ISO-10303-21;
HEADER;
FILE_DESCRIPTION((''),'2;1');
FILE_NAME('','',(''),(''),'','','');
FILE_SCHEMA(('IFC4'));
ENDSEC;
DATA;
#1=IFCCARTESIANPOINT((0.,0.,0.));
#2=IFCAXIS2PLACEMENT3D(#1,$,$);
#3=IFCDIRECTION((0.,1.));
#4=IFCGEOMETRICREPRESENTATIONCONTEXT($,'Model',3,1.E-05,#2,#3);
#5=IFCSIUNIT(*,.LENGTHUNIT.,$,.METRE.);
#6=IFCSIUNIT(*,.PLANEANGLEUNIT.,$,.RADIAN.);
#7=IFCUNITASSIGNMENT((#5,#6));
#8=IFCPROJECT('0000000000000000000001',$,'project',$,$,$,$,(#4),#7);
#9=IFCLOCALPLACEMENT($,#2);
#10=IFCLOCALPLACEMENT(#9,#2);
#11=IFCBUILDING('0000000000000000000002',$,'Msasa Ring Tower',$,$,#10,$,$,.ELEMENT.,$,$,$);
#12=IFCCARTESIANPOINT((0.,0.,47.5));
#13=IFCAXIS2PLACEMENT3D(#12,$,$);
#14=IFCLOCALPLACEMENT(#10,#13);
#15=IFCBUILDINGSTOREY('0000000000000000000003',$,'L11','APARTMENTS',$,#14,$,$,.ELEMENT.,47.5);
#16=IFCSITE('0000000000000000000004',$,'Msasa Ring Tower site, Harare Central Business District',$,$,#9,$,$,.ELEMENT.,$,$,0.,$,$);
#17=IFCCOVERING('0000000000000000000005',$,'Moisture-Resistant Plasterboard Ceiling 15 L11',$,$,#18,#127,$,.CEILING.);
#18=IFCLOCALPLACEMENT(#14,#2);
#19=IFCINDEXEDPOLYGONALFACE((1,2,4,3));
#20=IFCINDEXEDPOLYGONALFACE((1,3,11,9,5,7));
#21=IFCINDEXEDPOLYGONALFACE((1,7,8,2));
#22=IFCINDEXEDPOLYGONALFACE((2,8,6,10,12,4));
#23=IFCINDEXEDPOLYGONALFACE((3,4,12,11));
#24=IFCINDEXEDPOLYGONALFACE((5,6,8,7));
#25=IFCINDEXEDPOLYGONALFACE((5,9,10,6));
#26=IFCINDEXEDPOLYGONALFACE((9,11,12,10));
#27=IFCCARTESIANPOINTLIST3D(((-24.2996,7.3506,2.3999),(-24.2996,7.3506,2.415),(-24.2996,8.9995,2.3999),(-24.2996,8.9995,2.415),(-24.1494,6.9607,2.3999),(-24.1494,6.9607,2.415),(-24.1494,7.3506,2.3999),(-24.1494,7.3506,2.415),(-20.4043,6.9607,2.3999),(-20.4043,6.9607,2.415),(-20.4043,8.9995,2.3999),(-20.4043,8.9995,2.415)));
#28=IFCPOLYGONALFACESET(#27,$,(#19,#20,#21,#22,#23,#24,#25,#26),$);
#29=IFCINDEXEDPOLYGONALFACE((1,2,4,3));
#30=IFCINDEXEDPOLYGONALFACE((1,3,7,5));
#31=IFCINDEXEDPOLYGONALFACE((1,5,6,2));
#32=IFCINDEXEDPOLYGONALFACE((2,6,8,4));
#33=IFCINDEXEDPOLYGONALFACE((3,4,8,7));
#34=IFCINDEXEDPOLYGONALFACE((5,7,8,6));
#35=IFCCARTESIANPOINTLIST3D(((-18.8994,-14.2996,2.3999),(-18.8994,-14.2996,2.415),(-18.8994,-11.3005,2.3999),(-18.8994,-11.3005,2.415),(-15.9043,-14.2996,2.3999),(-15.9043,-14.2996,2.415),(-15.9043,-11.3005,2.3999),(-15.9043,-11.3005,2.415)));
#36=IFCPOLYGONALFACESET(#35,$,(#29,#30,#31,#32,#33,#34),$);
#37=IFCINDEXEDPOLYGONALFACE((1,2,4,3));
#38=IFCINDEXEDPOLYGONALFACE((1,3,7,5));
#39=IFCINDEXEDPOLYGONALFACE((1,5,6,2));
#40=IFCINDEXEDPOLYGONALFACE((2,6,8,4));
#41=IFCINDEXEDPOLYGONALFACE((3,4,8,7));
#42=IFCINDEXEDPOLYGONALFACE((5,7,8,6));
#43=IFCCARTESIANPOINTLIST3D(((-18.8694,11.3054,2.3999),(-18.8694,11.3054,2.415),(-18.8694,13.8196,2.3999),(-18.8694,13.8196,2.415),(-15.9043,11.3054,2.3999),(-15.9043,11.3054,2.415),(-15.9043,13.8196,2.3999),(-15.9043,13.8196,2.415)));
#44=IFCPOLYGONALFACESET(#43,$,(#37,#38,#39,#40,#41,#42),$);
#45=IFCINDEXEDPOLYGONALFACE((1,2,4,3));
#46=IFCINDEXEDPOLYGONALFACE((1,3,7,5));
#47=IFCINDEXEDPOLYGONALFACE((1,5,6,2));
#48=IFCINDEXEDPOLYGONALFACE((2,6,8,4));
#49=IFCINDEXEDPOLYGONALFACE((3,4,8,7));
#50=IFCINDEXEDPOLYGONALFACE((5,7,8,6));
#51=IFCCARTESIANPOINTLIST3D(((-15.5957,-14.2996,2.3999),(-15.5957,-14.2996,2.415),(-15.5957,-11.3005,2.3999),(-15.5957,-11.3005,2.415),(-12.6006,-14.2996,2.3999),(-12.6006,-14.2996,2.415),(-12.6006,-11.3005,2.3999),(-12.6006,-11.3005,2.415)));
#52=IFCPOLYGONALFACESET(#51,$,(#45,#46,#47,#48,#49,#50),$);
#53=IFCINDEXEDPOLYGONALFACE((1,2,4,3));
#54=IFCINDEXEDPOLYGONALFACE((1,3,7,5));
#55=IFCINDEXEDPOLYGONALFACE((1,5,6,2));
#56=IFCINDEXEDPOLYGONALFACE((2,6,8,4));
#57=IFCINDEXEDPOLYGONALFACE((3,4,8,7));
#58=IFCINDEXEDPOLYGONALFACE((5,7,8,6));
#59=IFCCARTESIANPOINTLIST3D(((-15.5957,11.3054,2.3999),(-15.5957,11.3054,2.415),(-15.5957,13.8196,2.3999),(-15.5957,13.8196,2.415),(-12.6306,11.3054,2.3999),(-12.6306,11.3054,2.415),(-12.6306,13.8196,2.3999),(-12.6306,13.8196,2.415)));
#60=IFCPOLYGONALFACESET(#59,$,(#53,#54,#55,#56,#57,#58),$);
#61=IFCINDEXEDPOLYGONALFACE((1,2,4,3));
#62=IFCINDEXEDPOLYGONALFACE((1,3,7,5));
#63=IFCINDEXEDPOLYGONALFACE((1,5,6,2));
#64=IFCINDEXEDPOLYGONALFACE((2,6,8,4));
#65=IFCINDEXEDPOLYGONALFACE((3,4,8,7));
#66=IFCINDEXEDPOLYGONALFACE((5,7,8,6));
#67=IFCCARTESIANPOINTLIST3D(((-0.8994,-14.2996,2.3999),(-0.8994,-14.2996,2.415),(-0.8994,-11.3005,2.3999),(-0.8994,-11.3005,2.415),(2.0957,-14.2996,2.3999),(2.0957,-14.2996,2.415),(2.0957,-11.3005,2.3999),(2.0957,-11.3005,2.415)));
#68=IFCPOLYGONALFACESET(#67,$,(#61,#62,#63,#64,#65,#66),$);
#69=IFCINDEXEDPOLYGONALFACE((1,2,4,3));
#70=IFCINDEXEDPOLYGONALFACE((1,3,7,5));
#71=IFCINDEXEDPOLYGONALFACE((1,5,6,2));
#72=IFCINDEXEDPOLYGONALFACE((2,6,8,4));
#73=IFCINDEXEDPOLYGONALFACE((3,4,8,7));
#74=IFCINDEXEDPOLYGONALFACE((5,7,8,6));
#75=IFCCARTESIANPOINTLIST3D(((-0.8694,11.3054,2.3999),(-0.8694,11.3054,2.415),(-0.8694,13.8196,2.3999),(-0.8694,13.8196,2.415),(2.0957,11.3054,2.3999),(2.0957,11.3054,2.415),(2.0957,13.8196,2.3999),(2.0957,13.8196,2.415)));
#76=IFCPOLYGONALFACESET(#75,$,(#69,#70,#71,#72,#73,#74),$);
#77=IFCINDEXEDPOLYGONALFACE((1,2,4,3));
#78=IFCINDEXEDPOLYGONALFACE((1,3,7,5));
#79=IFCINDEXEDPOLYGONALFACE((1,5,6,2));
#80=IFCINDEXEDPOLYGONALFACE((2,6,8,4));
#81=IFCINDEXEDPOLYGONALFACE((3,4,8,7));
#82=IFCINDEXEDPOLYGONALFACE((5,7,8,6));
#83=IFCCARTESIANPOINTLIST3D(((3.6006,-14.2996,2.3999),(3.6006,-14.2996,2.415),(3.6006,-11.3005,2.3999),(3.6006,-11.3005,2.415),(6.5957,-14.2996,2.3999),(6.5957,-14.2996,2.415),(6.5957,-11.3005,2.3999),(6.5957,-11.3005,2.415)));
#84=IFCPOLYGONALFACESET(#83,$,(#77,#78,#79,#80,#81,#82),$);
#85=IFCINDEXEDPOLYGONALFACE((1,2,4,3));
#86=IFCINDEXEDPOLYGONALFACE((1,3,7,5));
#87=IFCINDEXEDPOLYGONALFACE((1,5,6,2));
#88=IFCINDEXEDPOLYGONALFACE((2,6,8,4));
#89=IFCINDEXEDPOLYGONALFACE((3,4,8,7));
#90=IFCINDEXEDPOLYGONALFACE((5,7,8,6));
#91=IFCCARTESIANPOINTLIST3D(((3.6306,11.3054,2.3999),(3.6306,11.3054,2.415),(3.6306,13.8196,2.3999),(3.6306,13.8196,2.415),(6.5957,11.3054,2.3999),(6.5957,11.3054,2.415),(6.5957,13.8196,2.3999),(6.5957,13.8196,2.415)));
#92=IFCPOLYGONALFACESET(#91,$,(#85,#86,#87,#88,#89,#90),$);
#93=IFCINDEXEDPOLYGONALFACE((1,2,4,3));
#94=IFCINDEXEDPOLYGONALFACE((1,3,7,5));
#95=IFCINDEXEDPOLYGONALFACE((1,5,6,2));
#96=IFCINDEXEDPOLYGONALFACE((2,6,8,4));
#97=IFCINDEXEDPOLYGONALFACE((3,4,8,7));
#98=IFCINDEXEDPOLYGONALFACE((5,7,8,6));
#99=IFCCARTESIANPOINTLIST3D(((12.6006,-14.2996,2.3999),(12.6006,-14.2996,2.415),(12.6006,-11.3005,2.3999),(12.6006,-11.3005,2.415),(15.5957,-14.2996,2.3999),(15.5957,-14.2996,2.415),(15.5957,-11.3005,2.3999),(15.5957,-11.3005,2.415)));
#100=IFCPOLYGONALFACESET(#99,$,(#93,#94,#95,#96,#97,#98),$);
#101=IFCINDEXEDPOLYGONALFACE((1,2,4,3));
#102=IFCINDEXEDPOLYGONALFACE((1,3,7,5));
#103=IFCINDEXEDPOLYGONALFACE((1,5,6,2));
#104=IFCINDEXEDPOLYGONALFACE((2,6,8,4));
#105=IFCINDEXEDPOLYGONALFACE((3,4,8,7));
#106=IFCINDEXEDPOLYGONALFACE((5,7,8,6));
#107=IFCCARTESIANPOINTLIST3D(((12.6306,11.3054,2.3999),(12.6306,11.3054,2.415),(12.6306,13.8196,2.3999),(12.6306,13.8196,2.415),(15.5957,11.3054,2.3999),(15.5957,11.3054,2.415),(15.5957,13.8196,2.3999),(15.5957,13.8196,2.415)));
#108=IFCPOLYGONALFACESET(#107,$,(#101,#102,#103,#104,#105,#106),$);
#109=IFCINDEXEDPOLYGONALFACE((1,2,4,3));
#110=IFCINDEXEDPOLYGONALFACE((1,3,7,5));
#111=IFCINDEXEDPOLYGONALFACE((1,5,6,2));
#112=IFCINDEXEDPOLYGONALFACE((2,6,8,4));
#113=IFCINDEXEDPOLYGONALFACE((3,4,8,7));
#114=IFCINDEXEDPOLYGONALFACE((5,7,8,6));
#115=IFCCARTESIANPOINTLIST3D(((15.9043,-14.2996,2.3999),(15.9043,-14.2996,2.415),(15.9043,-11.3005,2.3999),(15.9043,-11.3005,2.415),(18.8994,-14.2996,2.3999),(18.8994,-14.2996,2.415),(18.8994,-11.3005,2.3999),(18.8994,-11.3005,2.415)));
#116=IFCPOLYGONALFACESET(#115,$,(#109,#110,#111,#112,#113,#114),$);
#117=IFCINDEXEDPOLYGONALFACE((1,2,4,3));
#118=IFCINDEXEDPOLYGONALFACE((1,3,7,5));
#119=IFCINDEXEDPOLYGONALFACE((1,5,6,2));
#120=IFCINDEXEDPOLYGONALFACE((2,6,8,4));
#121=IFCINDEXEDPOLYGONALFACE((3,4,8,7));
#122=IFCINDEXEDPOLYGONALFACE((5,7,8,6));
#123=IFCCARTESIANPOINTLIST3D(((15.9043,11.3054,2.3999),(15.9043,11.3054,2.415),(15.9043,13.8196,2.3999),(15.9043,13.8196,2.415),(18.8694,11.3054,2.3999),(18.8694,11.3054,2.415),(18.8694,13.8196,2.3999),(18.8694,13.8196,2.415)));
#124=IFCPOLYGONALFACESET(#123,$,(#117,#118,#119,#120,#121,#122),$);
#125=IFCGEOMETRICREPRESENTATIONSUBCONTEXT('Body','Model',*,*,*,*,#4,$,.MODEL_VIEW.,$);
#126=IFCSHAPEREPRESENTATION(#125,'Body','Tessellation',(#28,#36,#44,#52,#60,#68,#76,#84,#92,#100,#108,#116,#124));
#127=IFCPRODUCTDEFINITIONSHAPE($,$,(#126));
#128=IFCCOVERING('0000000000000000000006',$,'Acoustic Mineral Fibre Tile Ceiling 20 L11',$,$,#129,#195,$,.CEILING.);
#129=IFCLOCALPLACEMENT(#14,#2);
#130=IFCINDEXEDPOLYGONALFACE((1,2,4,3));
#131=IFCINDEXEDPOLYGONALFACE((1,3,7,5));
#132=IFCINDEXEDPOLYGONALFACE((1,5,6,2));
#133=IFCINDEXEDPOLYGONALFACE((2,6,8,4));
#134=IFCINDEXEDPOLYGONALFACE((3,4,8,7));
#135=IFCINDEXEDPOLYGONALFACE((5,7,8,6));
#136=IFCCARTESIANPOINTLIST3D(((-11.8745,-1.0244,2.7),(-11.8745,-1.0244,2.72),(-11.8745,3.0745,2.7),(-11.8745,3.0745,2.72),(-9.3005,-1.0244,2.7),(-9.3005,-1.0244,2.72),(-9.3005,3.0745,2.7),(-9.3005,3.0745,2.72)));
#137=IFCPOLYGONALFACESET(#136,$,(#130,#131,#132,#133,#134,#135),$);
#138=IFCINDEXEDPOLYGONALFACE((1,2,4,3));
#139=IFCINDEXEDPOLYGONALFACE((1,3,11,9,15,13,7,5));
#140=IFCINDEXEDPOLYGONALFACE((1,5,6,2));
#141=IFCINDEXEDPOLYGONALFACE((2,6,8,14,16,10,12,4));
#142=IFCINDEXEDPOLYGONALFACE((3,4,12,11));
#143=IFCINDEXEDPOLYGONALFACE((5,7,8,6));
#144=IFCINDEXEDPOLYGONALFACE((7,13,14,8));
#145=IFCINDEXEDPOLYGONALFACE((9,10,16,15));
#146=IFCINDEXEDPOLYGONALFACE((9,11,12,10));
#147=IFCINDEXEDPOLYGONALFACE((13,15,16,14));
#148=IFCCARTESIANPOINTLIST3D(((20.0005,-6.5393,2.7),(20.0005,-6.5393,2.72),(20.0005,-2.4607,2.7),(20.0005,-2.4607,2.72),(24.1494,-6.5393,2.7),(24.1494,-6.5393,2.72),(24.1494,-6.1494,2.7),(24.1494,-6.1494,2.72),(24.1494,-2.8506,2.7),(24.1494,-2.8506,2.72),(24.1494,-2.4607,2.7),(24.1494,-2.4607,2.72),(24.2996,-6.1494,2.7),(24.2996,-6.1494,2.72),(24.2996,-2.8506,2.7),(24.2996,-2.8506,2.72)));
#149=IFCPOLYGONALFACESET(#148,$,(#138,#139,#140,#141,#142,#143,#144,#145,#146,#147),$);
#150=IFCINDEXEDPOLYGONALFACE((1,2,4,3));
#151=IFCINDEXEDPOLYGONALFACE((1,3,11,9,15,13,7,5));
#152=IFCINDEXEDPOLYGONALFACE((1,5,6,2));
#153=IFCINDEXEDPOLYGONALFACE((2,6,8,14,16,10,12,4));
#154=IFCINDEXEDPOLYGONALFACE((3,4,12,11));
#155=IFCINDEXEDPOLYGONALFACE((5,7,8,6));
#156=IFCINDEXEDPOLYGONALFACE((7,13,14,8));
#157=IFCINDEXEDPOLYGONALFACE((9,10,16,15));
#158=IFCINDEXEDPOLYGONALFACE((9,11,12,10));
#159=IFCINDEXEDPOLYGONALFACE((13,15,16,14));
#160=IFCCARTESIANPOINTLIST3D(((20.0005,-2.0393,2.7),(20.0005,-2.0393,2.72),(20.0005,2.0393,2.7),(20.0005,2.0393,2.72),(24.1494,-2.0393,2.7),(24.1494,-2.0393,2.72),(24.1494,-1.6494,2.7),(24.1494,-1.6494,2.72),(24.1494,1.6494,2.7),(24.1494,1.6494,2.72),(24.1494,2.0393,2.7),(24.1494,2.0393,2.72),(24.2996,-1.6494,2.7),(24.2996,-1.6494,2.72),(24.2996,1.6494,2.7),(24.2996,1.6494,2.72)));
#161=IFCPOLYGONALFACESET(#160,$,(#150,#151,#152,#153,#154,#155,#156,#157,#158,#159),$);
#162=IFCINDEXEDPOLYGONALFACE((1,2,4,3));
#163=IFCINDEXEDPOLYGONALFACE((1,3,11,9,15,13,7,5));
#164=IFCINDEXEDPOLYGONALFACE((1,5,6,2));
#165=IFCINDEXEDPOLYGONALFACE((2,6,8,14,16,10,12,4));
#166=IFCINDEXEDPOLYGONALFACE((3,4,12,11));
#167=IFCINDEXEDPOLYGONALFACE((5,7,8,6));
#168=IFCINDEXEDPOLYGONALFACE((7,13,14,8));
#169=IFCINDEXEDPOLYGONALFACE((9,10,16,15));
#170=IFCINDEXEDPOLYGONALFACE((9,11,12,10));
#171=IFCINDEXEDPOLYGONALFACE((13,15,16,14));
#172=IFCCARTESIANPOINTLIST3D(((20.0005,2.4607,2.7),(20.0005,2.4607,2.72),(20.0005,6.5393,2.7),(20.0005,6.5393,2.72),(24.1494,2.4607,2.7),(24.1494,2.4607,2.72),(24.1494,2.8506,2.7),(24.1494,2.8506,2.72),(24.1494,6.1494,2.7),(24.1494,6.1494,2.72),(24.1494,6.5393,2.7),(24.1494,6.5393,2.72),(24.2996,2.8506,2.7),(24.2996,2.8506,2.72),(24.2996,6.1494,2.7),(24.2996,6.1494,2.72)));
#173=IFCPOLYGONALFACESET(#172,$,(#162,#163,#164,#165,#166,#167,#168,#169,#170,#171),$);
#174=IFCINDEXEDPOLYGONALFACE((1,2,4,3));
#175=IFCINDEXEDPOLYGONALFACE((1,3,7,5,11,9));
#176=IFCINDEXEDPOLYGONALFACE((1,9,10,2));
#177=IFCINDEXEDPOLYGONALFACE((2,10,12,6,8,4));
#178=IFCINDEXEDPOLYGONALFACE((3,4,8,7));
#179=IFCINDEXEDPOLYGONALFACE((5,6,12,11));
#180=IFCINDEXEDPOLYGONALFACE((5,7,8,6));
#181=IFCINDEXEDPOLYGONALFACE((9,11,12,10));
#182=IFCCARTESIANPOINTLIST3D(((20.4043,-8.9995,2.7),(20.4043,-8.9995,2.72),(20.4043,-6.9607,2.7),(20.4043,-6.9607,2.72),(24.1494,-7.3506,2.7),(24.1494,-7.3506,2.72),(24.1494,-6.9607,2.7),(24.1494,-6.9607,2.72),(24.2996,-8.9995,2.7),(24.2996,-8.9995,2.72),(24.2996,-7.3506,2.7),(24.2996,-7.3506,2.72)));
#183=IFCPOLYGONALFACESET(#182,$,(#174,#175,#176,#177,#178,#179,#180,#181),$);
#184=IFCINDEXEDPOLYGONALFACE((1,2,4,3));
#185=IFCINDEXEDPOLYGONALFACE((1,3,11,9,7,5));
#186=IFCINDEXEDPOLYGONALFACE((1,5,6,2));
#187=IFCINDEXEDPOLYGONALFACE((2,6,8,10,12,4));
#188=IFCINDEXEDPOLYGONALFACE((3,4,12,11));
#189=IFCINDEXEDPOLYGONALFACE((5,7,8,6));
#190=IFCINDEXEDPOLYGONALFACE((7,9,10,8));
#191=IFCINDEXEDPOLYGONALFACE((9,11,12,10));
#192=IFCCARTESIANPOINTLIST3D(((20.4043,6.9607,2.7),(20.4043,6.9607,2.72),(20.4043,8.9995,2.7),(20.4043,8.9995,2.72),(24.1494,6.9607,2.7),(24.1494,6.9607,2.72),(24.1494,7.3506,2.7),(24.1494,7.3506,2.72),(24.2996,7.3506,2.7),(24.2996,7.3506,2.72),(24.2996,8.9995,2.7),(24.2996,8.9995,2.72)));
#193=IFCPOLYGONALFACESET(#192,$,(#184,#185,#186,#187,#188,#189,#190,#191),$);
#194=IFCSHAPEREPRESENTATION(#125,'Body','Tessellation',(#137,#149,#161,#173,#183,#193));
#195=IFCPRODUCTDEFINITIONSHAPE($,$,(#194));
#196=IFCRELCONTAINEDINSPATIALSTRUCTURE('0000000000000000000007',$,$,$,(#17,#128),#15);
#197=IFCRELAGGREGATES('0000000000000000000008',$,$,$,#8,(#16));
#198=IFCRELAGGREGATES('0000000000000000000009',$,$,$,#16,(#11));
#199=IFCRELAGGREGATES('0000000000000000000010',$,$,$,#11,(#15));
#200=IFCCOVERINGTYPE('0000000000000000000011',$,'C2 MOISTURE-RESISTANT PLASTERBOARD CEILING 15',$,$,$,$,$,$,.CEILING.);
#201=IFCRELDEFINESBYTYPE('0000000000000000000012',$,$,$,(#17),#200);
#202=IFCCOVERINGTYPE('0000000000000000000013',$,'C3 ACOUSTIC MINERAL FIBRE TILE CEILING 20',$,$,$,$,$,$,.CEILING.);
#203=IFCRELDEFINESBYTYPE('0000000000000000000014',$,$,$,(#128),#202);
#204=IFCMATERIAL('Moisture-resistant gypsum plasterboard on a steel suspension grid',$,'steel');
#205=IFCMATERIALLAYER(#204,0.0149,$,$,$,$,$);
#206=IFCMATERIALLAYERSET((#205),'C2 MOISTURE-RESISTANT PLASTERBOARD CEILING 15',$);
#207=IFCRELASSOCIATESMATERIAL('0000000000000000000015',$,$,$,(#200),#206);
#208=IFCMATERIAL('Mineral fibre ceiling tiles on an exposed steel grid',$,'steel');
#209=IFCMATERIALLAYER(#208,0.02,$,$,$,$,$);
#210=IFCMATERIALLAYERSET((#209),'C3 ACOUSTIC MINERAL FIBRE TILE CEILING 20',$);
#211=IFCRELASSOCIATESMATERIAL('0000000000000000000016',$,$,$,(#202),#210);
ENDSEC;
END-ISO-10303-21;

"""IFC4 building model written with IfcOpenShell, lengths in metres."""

from ifc_helpers import new_model, si_unit, direction, frame, origin, place, context, subcontext, project, spatial, line, indexed_curve, outline, extrude, material, layer, layer_set, type_object, element, save


model = new_model("IFC4")

# Units and contexts
model_context = context("Model", 3, precision=1e-05, world=origin(), true_north=direction((0.0, 1.0)))
body_context = subcontext(model_context, "Body", "Model", "MODEL_VIEW")
ifc_project = project(units=[si_unit("LENGTHUNIT", "METRE"), si_unit("PLANEANGLEUNIT", "RADIAN")], contexts=[model_context])

# Site, building, storey
site_placement = place(None, origin())
site = spatial("IfcSite", under=ifc_project, at=site_placement, Name="Msasa Ring Tower site, Harare Central Business District", CompositionType="ELEMENT", RefElevation=0.0)
building_placement = place(site_placement, origin())
building = spatial("IfcBuilding", under=site, at=building_placement, Name="Msasa Ring Tower", CompositionType="ELEMENT")
storey_placement = place(building_placement, frame((0.0, 0.0, 47.5)))
storey = spatial("IfcBuildingStorey", under=building, at=storey_placement, Name="L11", Description="APARTMENTS", CompositionType="ELEMENT", Elevation=47.5)

# Coverings
ifc_material_1 = material(Name="Moisture-resistant gypsum plasterboard on a steel suspension grid", Category="steel")
ifc_layer_1 = layer(ifc_material_1, 0.0149)
ifc_layer_set_1 = layer_set([ifc_layer_1], Name="C2 MOISTURE-RESISTANT PLASTERBOARD CEILING 15")
covering_type_1 = type_object("IfcCoveringType", Name="C2 MOISTURE-RESISTANT PLASTERBOARD CEILING 15", PredefinedType="CEILING", material=ifc_layer_set_1)
covering_1_placement = place(storey_placement, frame((0.0, 0.0, 2.3999)))
element("IfcCovering", 1, at=covering_1_placement, inside=storey, type_object=covering_type_1, Name="Moisture-Resistant Plasterboard Ceiling 15 L11", PredefinedType="CEILING", context=body_context, shape_type="SweptSolid", body=[
    extrude(outline(indexed_curve([(-20.4043, 8.9995), (-20.4043, 6.9607), (-24.1494, 6.9607), (-24.1494, 7.3506), (-24.2996, 7.3506), (-24.2996, 8.9995)], segments=[line(1, 2, 3, 4, 5, 6, 1)], self_intersect=False)), origin(), (0.0, 0.0, 1.0), 0.0151),
    extrude(outline(indexed_curve([(-18.8994, -14.2996), (-18.8994, -11.3005), (-15.9043, -11.3005), (-15.9043, -14.2996)], segments=[line(1, 2, 3, 4, 1)], self_intersect=False)), origin(), (0.0, 0.0, 1.0), 0.0151),
    extrude(outline(indexed_curve([(-18.8694, 13.8196), (-15.9043, 13.8196), (-15.9043, 11.3054), (-18.8694, 11.3054)], segments=[line(1, 2, 3, 4, 1)], self_intersect=False)), origin(), (0.0, 0.0, 1.0), 0.0151),
    extrude(outline(indexed_curve([(-12.6006, -11.3005), (-12.6006, -14.2996), (-15.5957, -14.2996), (-15.5957, -11.3005)], segments=[line(1, 2, 3, 4, 1)], self_intersect=False)), origin(), (0.0, 0.0, 1.0), 0.0151),
    extrude(outline(indexed_curve([(-12.6306, 13.8196), (-12.6306, 11.3054), (-15.5957, 11.3054), (-15.5957, 13.8196)], segments=[line(1, 2, 3, 4, 1)], self_intersect=False)), origin(), (0.0, 0.0, 1.0), 0.0151),
    extrude(outline(indexed_curve([(-0.8994, -11.3005), (2.0957, -11.3005), (2.0957, -14.2996), (-0.8994, -14.2996)], segments=[line(1, 2, 3, 4, 1)], self_intersect=False)), origin(), (0.0, 0.0, 1.0), 0.0151),
    extrude(outline(indexed_curve([(-0.8694, 11.3054), (-0.8694, 13.8196), (2.0957, 13.8196), (2.0957, 11.3054)], segments=[line(1, 2, 3, 4, 1)], self_intersect=False)), origin(), (0.0, 0.0, 1.0), 0.0151),
    extrude(outline(indexed_curve([(3.6006, -11.3005), (6.5957, -11.3005), (6.5957, -14.2996), (3.6006, -14.2996)], segments=[line(1, 2, 3, 4, 1)], self_intersect=False)), origin(), (0.0, 0.0, 1.0), 0.0151),
    extrude(outline(indexed_curve([(3.6306, 13.8196), (6.5957, 13.8196), (6.5957, 11.3054), (3.6306, 11.3054)], segments=[line(1, 2, 3, 4, 1)], self_intersect=False)), origin(), (0.0, 0.0, 1.0), 0.0151),
    extrude(outline(indexed_curve([(12.6006, -11.3005), (15.5957, -11.3005), (15.5957, -14.2996), (12.6006, -14.2996)], segments=[line(1, 2, 3, 4, 1)], self_intersect=False)), origin(), (0.0, 0.0, 1.0), 0.0151),
    extrude(outline(indexed_curve([(12.6306, 13.8196), (15.5957, 13.8196), (15.5957, 11.3054), (12.6306, 11.3054)], segments=[line(1, 2, 3, 4, 1)], self_intersect=False)), origin(), (0.0, 0.0, 1.0), 0.0151),
    extrude(outline(indexed_curve([(18.8994, -11.3005), (18.8994, -14.2996), (15.9043, -14.2996), (15.9043, -11.3005)], segments=[line(1, 2, 3, 4, 1)], self_intersect=False)), origin(), (0.0, 0.0, 1.0), 0.0151),
    extrude(outline(indexed_curve([(18.8694, 13.8196), (18.8694, 11.3054), (15.9043, 11.3054), (15.9043, 13.8196)], segments=[line(1, 2, 3, 4, 1)], self_intersect=False)), origin(), (0.0, 0.0, 1.0), 0.0151),
])
ifc_material_2 = material(Name="Mineral fibre ceiling tiles on an exposed steel grid", Category="steel")
ifc_layer_2 = layer(ifc_material_2, 0.02)
ifc_layer_set_2 = layer_set([ifc_layer_2], Name="C3 ACOUSTIC MINERAL FIBRE TILE CEILING 20")
covering_type_2 = type_object("IfcCoveringType", Name="C3 ACOUSTIC MINERAL FIBRE TILE CEILING 20", PredefinedType="CEILING", material=ifc_layer_set_2)
covering_2_placement = place(storey_placement, frame((0.0, 0.0, 2.7)))
element("IfcCovering", 2, at=covering_2_placement, inside=storey, type_object=covering_type_2, Name="Acoustic Mineral Fibre Tile Ceiling 20 L11", PredefinedType="CEILING", context=body_context, shape_type="SweptSolid", body=[
    extrude(outline(indexed_curve([(-9.3005, 3.0745), (-9.3005, -1.0244), (-11.8745, -1.0244), (-11.8745, 3.0745)], segments=[line(1, 2, 3, 4, 1)], self_intersect=False)), origin(), (0.0, 0.0, 1.0), 0.02),
    extrude(outline(indexed_curve([(20.0005, -2.4607), (24.1494, -2.4607), (24.1494, -2.8506), (24.2996, -2.8506), (24.2996, -6.1494), (24.1494, -6.1494), (24.1494, -6.5393), (20.0005, -6.5393)], segments=[line(1, 2, 3, 4, 5, 6, 7, 8, 1)], self_intersect=False)), origin(), (0.0, 0.0, 1.0), 0.02),
    extrude(outline(indexed_curve([(20.0005, 2.0393), (24.1494, 2.0393), (24.1494, 1.6494), (24.2996, 1.6494), (24.2996, -1.6494), (24.1494, -1.6494), (24.1494, -2.0393), (20.0005, -2.0393)], segments=[line(1, 2, 3, 4, 5, 6, 7, 8, 1)], self_intersect=False)), origin(), (0.0, 0.0, 1.0), 0.02),
    extrude(outline(indexed_curve([(20.0005, 6.5393), (24.1494, 6.5393), (24.1494, 6.1494), (24.2996, 6.1494), (24.2996, 2.8506), (24.1494, 2.8506), (24.1494, 2.4607), (20.0005, 2.4607)], segments=[line(1, 2, 3, 4, 5, 6, 7, 8, 1)], self_intersect=False)), origin(), (0.0, 0.0, 1.0), 0.02),
    extrude(outline(indexed_curve([(24.2996, -8.9995), (20.4043, -8.9995), (20.4043, -6.9607), (24.1494, -6.9607), (24.1494, -7.3506), (24.2996, -7.3506)], segments=[line(1, 2, 3, 4, 5, 6, 1)], self_intersect=False)), origin(), (0.0, 0.0, 1.0), 0.02),
    extrude(outline(indexed_curve([(24.2996, 8.9995), (24.2996, 7.3506), (24.1494, 7.3506), (24.1494, 6.9607), (20.4043, 6.9607), (20.4043, 8.9995)], segments=[line(1, 2, 3, 4, 5, 6, 1)], self_intersect=False)), origin(), (0.0, 0.0, 1.0), 0.02),
])

save(model, "model.ifc")
